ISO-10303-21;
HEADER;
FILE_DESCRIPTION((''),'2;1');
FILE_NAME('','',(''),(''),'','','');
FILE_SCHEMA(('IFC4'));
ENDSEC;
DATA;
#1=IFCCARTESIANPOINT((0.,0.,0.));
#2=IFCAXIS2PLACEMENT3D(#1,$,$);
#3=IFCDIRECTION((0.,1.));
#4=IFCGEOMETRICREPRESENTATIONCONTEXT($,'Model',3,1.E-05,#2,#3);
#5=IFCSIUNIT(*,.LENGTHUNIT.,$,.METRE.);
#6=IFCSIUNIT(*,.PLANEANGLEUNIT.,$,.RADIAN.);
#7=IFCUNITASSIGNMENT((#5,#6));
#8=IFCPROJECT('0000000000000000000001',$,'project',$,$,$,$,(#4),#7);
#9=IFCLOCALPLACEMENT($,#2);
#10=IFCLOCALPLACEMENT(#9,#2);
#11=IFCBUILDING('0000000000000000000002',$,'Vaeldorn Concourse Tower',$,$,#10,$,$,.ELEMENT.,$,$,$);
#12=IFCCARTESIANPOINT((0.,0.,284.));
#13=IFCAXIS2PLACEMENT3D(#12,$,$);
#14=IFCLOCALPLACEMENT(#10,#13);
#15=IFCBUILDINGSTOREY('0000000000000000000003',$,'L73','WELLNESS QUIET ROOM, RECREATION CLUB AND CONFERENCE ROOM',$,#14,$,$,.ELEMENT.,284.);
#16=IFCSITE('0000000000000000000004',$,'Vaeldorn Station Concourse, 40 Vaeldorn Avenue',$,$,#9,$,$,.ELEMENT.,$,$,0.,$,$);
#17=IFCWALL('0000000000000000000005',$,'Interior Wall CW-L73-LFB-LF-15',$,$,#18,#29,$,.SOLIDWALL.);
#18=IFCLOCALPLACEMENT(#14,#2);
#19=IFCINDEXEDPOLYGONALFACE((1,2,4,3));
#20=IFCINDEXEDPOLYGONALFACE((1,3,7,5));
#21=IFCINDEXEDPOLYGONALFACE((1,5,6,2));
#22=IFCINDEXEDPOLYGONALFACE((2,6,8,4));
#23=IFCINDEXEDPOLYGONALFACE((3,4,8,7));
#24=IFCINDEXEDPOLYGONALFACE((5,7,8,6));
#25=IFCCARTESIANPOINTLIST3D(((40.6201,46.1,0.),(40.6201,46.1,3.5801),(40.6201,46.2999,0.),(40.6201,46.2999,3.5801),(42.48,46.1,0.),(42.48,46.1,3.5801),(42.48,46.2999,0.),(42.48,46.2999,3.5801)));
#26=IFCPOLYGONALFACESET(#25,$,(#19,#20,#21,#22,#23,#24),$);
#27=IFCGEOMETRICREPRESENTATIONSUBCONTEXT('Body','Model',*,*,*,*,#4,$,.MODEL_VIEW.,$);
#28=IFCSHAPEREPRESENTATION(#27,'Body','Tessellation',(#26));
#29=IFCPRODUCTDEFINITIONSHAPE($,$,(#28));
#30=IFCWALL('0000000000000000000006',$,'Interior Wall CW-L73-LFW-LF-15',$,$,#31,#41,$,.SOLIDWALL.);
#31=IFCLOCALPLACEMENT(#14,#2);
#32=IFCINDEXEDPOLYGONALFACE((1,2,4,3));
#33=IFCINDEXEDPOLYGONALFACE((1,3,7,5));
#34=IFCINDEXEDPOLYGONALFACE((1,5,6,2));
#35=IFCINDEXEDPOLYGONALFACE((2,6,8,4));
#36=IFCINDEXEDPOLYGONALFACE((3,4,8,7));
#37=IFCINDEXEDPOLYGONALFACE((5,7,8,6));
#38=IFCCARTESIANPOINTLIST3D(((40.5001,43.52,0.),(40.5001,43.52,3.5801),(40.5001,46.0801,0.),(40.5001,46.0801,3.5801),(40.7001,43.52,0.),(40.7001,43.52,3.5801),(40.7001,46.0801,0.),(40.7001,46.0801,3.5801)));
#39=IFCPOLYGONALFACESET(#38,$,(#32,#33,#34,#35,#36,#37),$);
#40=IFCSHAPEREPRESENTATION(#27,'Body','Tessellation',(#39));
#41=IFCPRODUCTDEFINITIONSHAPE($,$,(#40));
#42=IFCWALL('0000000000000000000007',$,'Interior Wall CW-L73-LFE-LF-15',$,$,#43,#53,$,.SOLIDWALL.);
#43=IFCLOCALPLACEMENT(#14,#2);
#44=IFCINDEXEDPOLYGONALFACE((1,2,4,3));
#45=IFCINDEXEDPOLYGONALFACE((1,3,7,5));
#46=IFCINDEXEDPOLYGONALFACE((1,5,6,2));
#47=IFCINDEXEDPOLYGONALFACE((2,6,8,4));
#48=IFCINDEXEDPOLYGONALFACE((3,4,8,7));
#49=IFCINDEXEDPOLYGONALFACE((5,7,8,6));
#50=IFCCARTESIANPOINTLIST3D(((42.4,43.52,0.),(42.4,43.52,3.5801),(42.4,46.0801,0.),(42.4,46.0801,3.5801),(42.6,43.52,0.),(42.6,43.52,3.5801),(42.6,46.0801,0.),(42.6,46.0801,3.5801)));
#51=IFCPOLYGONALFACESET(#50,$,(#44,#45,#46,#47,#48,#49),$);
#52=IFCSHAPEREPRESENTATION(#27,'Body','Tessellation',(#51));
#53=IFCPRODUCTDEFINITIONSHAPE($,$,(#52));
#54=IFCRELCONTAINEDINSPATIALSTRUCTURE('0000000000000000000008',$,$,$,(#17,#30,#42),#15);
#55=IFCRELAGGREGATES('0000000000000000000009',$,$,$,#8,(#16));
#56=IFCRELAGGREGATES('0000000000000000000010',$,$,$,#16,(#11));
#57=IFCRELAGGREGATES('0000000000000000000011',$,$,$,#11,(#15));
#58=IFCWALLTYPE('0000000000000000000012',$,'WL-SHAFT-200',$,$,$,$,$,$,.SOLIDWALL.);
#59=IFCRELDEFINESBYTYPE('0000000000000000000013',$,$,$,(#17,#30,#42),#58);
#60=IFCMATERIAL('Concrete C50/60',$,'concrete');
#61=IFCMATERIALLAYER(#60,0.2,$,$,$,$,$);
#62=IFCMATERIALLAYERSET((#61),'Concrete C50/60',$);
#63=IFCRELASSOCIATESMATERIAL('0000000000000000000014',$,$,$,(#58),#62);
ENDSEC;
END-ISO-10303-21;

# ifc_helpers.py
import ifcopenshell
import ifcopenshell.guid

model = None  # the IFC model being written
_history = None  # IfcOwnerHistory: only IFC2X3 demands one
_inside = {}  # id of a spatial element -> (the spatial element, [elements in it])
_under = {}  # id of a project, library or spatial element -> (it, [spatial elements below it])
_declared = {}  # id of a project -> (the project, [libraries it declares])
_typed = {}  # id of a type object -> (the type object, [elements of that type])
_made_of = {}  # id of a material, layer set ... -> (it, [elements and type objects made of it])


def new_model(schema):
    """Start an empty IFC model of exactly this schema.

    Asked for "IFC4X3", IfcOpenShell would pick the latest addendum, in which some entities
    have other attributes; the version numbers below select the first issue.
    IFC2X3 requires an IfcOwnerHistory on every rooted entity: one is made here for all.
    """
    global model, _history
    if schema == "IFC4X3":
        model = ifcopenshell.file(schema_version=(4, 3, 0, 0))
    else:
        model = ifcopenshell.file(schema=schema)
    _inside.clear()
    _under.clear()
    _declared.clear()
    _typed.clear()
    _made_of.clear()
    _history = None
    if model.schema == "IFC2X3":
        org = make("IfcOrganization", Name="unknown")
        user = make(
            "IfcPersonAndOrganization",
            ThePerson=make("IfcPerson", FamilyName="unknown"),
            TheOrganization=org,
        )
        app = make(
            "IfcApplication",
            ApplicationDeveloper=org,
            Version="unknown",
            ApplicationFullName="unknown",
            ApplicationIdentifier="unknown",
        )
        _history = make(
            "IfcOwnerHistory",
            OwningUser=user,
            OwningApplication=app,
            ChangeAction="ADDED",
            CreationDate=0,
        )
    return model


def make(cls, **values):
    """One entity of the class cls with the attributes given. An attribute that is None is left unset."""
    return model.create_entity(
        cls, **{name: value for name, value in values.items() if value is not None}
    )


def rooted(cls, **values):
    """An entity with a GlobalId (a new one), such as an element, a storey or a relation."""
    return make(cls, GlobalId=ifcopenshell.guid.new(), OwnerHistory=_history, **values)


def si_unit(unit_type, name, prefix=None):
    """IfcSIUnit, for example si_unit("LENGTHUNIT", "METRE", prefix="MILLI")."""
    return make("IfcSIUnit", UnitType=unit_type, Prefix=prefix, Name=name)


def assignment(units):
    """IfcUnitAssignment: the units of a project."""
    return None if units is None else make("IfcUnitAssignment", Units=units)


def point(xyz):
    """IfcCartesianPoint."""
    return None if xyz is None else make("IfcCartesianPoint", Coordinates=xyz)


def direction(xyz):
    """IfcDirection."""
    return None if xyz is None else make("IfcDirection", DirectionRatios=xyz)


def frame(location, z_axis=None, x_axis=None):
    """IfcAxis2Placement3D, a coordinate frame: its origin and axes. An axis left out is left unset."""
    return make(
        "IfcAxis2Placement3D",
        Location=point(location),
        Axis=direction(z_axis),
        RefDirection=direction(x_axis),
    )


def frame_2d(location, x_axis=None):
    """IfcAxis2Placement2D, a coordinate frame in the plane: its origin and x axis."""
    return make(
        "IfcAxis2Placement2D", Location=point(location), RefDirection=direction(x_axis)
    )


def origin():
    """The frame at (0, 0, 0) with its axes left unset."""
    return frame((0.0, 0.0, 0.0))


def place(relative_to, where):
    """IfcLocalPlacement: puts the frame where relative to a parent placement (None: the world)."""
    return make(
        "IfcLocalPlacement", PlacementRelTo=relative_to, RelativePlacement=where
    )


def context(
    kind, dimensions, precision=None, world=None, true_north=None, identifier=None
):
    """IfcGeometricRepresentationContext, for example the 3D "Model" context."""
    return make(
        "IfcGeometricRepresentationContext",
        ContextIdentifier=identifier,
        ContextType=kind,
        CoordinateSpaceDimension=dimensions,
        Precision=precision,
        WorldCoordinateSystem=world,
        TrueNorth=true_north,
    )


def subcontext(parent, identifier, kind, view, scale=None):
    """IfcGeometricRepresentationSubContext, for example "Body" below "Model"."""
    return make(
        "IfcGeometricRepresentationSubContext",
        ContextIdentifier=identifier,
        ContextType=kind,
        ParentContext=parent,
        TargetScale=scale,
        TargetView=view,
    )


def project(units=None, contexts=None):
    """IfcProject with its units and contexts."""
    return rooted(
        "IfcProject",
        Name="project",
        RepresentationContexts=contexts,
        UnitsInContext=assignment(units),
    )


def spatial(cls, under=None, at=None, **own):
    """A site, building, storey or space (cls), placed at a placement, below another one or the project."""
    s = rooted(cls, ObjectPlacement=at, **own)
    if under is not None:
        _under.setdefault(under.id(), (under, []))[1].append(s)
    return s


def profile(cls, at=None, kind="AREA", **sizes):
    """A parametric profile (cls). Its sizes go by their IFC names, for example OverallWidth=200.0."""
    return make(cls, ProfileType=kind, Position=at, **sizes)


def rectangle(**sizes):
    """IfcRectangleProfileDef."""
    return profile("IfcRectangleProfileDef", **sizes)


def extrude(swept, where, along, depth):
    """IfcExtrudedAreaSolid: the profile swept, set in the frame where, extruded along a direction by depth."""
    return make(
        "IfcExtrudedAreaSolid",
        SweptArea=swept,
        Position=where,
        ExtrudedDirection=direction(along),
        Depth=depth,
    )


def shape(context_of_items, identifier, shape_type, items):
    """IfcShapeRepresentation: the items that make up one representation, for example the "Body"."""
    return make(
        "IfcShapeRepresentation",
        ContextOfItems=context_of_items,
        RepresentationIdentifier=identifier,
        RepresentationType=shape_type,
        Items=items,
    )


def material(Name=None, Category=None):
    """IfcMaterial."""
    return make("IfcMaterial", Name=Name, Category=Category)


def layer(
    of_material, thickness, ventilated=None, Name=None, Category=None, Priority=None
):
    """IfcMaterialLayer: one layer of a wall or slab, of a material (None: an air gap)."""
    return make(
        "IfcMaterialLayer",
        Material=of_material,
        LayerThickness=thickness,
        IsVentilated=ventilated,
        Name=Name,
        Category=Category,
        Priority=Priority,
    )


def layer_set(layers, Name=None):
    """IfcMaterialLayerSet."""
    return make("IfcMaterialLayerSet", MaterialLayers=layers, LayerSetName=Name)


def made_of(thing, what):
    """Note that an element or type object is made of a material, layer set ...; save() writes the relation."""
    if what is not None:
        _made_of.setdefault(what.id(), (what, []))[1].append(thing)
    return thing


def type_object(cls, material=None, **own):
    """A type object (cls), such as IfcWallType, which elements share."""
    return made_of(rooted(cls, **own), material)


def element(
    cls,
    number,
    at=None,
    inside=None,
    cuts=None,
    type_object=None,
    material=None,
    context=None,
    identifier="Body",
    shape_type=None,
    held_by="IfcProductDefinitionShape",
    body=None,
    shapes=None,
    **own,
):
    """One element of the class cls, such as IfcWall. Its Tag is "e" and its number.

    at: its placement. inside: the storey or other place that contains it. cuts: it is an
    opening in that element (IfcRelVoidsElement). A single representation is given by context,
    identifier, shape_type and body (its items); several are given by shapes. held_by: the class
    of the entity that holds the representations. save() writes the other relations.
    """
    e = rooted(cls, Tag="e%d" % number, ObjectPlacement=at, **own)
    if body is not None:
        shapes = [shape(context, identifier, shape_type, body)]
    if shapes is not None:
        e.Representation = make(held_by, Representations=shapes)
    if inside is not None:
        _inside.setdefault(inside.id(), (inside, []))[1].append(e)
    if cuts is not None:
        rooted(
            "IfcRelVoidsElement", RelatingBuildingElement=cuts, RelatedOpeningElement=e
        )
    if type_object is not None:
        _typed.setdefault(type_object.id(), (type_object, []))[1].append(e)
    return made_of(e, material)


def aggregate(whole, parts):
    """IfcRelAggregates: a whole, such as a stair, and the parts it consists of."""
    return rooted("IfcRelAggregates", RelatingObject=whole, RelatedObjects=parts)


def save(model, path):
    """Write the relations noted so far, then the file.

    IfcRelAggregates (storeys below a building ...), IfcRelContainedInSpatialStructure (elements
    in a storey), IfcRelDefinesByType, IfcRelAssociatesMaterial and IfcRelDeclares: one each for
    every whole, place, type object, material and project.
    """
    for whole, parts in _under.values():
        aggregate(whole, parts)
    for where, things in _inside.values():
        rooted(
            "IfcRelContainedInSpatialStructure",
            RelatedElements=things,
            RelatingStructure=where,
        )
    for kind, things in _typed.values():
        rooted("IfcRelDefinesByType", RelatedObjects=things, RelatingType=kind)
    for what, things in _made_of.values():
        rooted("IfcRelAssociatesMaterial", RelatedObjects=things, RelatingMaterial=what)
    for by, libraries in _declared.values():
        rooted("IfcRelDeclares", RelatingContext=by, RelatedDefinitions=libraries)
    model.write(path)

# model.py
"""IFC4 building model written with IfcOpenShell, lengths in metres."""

from ifc_helpers import new_model, si_unit, direction, frame, frame_2d, origin, place, context, subcontext, project, spatial, rectangle, extrude, material, layer, layer_set, type_object, element, save


model = new_model("IFC4")

# Units and contexts
model_context = context("Model", 3, precision=1e-05, world=origin(), true_north=direction((0.0, 1.0)))
body_context = subcontext(model_context, "Body", "Model", "MODEL_VIEW")
ifc_project = project(units=[si_unit("LENGTHUNIT", "METRE"), si_unit("PLANEANGLEUNIT", "RADIAN")], contexts=[model_context])

# Site, building, storey
site_placement = place(None, origin())
site = spatial("IfcSite", under=ifc_project, at=site_placement, Name="Vaeldorn Station Concourse, 40 Vaeldorn Avenue", CompositionType="ELEMENT", RefElevation=0.0)
building_placement = place(site_placement, origin())
building = spatial("IfcBuilding", under=site, at=building_placement, Name="Vaeldorn Concourse Tower", CompositionType="ELEMENT")
storey_placement = place(building_placement, frame((0.0, 0.0, 284.0)))
storey = spatial("IfcBuildingStorey", under=building, at=storey_placement, Name="L73", Description="WELLNESS QUIET ROOM, RECREATION CLUB AND CONFERENCE ROOM", CompositionType="ELEMENT", Elevation=284.0)

# Shared definitions
ifc_material_1 = material(Name="Concrete C50/60", Category="concrete")

# Shared definitions
ifc_layer_1 = layer(ifc_material_1, 0.2)
ifc_layer_set_1 = layer_set([ifc_layer_1], Name="Concrete C50/60")
wall_type_1 = type_object("IfcWallType", Name="WL-SHAFT-200", PredefinedType="SOLIDWALL", material=ifc_layer_set_1)

# Walls
wall_1_placement = place(storey_placement, frame((40.6201, 46.2, 0.0), z_axis=(0.0, 0.0, 1.0), x_axis=(1.0, 0.0, 0.0)))
element("IfcWall", 1, at=wall_1_placement, inside=storey, type_object=wall_type_1, Name="Interior Wall CW-L73-LFB-LF-15", PredefinedType="SOLIDWALL", context=body_context, shape_type="SweptSolid", body=[
    extrude(rectangle(XDim=1.8599, YDim=0.2, at=frame_2d((0.9299, 0.0))), origin(), (0.0, 0.0, 1.0), 3.5801),
])
for number, where, z_axis, x_axis, name in (
    (2, (40.6001, 43.52, 0.0), (0.0, 0.0, 1.0), (0.0, 1.0, 0.0), "Interior Wall CW-L73-LFW-LF-15"),
    (3, (42.5, 43.52, 0.0), (0.0, 0.0, 1.0), (0.0, 1.0, 0.0), "Interior Wall CW-L73-LFE-LF-15"),
):
    element("IfcWall", number, at=place(storey_placement, frame(where, z_axis=z_axis, x_axis=x_axis)), inside=storey, type_object=wall_type_1, Name=name, PredefinedType="SOLIDWALL", context=body_context, shape_type="SweptSolid", body=[
        extrude(rectangle(XDim=2.5601, YDim=0.2, at=frame_2d((1.28, 0.0))), origin(), (0.0, 0.0, 1.0), 3.5801),
    ])

save(model, "model.ifc")
